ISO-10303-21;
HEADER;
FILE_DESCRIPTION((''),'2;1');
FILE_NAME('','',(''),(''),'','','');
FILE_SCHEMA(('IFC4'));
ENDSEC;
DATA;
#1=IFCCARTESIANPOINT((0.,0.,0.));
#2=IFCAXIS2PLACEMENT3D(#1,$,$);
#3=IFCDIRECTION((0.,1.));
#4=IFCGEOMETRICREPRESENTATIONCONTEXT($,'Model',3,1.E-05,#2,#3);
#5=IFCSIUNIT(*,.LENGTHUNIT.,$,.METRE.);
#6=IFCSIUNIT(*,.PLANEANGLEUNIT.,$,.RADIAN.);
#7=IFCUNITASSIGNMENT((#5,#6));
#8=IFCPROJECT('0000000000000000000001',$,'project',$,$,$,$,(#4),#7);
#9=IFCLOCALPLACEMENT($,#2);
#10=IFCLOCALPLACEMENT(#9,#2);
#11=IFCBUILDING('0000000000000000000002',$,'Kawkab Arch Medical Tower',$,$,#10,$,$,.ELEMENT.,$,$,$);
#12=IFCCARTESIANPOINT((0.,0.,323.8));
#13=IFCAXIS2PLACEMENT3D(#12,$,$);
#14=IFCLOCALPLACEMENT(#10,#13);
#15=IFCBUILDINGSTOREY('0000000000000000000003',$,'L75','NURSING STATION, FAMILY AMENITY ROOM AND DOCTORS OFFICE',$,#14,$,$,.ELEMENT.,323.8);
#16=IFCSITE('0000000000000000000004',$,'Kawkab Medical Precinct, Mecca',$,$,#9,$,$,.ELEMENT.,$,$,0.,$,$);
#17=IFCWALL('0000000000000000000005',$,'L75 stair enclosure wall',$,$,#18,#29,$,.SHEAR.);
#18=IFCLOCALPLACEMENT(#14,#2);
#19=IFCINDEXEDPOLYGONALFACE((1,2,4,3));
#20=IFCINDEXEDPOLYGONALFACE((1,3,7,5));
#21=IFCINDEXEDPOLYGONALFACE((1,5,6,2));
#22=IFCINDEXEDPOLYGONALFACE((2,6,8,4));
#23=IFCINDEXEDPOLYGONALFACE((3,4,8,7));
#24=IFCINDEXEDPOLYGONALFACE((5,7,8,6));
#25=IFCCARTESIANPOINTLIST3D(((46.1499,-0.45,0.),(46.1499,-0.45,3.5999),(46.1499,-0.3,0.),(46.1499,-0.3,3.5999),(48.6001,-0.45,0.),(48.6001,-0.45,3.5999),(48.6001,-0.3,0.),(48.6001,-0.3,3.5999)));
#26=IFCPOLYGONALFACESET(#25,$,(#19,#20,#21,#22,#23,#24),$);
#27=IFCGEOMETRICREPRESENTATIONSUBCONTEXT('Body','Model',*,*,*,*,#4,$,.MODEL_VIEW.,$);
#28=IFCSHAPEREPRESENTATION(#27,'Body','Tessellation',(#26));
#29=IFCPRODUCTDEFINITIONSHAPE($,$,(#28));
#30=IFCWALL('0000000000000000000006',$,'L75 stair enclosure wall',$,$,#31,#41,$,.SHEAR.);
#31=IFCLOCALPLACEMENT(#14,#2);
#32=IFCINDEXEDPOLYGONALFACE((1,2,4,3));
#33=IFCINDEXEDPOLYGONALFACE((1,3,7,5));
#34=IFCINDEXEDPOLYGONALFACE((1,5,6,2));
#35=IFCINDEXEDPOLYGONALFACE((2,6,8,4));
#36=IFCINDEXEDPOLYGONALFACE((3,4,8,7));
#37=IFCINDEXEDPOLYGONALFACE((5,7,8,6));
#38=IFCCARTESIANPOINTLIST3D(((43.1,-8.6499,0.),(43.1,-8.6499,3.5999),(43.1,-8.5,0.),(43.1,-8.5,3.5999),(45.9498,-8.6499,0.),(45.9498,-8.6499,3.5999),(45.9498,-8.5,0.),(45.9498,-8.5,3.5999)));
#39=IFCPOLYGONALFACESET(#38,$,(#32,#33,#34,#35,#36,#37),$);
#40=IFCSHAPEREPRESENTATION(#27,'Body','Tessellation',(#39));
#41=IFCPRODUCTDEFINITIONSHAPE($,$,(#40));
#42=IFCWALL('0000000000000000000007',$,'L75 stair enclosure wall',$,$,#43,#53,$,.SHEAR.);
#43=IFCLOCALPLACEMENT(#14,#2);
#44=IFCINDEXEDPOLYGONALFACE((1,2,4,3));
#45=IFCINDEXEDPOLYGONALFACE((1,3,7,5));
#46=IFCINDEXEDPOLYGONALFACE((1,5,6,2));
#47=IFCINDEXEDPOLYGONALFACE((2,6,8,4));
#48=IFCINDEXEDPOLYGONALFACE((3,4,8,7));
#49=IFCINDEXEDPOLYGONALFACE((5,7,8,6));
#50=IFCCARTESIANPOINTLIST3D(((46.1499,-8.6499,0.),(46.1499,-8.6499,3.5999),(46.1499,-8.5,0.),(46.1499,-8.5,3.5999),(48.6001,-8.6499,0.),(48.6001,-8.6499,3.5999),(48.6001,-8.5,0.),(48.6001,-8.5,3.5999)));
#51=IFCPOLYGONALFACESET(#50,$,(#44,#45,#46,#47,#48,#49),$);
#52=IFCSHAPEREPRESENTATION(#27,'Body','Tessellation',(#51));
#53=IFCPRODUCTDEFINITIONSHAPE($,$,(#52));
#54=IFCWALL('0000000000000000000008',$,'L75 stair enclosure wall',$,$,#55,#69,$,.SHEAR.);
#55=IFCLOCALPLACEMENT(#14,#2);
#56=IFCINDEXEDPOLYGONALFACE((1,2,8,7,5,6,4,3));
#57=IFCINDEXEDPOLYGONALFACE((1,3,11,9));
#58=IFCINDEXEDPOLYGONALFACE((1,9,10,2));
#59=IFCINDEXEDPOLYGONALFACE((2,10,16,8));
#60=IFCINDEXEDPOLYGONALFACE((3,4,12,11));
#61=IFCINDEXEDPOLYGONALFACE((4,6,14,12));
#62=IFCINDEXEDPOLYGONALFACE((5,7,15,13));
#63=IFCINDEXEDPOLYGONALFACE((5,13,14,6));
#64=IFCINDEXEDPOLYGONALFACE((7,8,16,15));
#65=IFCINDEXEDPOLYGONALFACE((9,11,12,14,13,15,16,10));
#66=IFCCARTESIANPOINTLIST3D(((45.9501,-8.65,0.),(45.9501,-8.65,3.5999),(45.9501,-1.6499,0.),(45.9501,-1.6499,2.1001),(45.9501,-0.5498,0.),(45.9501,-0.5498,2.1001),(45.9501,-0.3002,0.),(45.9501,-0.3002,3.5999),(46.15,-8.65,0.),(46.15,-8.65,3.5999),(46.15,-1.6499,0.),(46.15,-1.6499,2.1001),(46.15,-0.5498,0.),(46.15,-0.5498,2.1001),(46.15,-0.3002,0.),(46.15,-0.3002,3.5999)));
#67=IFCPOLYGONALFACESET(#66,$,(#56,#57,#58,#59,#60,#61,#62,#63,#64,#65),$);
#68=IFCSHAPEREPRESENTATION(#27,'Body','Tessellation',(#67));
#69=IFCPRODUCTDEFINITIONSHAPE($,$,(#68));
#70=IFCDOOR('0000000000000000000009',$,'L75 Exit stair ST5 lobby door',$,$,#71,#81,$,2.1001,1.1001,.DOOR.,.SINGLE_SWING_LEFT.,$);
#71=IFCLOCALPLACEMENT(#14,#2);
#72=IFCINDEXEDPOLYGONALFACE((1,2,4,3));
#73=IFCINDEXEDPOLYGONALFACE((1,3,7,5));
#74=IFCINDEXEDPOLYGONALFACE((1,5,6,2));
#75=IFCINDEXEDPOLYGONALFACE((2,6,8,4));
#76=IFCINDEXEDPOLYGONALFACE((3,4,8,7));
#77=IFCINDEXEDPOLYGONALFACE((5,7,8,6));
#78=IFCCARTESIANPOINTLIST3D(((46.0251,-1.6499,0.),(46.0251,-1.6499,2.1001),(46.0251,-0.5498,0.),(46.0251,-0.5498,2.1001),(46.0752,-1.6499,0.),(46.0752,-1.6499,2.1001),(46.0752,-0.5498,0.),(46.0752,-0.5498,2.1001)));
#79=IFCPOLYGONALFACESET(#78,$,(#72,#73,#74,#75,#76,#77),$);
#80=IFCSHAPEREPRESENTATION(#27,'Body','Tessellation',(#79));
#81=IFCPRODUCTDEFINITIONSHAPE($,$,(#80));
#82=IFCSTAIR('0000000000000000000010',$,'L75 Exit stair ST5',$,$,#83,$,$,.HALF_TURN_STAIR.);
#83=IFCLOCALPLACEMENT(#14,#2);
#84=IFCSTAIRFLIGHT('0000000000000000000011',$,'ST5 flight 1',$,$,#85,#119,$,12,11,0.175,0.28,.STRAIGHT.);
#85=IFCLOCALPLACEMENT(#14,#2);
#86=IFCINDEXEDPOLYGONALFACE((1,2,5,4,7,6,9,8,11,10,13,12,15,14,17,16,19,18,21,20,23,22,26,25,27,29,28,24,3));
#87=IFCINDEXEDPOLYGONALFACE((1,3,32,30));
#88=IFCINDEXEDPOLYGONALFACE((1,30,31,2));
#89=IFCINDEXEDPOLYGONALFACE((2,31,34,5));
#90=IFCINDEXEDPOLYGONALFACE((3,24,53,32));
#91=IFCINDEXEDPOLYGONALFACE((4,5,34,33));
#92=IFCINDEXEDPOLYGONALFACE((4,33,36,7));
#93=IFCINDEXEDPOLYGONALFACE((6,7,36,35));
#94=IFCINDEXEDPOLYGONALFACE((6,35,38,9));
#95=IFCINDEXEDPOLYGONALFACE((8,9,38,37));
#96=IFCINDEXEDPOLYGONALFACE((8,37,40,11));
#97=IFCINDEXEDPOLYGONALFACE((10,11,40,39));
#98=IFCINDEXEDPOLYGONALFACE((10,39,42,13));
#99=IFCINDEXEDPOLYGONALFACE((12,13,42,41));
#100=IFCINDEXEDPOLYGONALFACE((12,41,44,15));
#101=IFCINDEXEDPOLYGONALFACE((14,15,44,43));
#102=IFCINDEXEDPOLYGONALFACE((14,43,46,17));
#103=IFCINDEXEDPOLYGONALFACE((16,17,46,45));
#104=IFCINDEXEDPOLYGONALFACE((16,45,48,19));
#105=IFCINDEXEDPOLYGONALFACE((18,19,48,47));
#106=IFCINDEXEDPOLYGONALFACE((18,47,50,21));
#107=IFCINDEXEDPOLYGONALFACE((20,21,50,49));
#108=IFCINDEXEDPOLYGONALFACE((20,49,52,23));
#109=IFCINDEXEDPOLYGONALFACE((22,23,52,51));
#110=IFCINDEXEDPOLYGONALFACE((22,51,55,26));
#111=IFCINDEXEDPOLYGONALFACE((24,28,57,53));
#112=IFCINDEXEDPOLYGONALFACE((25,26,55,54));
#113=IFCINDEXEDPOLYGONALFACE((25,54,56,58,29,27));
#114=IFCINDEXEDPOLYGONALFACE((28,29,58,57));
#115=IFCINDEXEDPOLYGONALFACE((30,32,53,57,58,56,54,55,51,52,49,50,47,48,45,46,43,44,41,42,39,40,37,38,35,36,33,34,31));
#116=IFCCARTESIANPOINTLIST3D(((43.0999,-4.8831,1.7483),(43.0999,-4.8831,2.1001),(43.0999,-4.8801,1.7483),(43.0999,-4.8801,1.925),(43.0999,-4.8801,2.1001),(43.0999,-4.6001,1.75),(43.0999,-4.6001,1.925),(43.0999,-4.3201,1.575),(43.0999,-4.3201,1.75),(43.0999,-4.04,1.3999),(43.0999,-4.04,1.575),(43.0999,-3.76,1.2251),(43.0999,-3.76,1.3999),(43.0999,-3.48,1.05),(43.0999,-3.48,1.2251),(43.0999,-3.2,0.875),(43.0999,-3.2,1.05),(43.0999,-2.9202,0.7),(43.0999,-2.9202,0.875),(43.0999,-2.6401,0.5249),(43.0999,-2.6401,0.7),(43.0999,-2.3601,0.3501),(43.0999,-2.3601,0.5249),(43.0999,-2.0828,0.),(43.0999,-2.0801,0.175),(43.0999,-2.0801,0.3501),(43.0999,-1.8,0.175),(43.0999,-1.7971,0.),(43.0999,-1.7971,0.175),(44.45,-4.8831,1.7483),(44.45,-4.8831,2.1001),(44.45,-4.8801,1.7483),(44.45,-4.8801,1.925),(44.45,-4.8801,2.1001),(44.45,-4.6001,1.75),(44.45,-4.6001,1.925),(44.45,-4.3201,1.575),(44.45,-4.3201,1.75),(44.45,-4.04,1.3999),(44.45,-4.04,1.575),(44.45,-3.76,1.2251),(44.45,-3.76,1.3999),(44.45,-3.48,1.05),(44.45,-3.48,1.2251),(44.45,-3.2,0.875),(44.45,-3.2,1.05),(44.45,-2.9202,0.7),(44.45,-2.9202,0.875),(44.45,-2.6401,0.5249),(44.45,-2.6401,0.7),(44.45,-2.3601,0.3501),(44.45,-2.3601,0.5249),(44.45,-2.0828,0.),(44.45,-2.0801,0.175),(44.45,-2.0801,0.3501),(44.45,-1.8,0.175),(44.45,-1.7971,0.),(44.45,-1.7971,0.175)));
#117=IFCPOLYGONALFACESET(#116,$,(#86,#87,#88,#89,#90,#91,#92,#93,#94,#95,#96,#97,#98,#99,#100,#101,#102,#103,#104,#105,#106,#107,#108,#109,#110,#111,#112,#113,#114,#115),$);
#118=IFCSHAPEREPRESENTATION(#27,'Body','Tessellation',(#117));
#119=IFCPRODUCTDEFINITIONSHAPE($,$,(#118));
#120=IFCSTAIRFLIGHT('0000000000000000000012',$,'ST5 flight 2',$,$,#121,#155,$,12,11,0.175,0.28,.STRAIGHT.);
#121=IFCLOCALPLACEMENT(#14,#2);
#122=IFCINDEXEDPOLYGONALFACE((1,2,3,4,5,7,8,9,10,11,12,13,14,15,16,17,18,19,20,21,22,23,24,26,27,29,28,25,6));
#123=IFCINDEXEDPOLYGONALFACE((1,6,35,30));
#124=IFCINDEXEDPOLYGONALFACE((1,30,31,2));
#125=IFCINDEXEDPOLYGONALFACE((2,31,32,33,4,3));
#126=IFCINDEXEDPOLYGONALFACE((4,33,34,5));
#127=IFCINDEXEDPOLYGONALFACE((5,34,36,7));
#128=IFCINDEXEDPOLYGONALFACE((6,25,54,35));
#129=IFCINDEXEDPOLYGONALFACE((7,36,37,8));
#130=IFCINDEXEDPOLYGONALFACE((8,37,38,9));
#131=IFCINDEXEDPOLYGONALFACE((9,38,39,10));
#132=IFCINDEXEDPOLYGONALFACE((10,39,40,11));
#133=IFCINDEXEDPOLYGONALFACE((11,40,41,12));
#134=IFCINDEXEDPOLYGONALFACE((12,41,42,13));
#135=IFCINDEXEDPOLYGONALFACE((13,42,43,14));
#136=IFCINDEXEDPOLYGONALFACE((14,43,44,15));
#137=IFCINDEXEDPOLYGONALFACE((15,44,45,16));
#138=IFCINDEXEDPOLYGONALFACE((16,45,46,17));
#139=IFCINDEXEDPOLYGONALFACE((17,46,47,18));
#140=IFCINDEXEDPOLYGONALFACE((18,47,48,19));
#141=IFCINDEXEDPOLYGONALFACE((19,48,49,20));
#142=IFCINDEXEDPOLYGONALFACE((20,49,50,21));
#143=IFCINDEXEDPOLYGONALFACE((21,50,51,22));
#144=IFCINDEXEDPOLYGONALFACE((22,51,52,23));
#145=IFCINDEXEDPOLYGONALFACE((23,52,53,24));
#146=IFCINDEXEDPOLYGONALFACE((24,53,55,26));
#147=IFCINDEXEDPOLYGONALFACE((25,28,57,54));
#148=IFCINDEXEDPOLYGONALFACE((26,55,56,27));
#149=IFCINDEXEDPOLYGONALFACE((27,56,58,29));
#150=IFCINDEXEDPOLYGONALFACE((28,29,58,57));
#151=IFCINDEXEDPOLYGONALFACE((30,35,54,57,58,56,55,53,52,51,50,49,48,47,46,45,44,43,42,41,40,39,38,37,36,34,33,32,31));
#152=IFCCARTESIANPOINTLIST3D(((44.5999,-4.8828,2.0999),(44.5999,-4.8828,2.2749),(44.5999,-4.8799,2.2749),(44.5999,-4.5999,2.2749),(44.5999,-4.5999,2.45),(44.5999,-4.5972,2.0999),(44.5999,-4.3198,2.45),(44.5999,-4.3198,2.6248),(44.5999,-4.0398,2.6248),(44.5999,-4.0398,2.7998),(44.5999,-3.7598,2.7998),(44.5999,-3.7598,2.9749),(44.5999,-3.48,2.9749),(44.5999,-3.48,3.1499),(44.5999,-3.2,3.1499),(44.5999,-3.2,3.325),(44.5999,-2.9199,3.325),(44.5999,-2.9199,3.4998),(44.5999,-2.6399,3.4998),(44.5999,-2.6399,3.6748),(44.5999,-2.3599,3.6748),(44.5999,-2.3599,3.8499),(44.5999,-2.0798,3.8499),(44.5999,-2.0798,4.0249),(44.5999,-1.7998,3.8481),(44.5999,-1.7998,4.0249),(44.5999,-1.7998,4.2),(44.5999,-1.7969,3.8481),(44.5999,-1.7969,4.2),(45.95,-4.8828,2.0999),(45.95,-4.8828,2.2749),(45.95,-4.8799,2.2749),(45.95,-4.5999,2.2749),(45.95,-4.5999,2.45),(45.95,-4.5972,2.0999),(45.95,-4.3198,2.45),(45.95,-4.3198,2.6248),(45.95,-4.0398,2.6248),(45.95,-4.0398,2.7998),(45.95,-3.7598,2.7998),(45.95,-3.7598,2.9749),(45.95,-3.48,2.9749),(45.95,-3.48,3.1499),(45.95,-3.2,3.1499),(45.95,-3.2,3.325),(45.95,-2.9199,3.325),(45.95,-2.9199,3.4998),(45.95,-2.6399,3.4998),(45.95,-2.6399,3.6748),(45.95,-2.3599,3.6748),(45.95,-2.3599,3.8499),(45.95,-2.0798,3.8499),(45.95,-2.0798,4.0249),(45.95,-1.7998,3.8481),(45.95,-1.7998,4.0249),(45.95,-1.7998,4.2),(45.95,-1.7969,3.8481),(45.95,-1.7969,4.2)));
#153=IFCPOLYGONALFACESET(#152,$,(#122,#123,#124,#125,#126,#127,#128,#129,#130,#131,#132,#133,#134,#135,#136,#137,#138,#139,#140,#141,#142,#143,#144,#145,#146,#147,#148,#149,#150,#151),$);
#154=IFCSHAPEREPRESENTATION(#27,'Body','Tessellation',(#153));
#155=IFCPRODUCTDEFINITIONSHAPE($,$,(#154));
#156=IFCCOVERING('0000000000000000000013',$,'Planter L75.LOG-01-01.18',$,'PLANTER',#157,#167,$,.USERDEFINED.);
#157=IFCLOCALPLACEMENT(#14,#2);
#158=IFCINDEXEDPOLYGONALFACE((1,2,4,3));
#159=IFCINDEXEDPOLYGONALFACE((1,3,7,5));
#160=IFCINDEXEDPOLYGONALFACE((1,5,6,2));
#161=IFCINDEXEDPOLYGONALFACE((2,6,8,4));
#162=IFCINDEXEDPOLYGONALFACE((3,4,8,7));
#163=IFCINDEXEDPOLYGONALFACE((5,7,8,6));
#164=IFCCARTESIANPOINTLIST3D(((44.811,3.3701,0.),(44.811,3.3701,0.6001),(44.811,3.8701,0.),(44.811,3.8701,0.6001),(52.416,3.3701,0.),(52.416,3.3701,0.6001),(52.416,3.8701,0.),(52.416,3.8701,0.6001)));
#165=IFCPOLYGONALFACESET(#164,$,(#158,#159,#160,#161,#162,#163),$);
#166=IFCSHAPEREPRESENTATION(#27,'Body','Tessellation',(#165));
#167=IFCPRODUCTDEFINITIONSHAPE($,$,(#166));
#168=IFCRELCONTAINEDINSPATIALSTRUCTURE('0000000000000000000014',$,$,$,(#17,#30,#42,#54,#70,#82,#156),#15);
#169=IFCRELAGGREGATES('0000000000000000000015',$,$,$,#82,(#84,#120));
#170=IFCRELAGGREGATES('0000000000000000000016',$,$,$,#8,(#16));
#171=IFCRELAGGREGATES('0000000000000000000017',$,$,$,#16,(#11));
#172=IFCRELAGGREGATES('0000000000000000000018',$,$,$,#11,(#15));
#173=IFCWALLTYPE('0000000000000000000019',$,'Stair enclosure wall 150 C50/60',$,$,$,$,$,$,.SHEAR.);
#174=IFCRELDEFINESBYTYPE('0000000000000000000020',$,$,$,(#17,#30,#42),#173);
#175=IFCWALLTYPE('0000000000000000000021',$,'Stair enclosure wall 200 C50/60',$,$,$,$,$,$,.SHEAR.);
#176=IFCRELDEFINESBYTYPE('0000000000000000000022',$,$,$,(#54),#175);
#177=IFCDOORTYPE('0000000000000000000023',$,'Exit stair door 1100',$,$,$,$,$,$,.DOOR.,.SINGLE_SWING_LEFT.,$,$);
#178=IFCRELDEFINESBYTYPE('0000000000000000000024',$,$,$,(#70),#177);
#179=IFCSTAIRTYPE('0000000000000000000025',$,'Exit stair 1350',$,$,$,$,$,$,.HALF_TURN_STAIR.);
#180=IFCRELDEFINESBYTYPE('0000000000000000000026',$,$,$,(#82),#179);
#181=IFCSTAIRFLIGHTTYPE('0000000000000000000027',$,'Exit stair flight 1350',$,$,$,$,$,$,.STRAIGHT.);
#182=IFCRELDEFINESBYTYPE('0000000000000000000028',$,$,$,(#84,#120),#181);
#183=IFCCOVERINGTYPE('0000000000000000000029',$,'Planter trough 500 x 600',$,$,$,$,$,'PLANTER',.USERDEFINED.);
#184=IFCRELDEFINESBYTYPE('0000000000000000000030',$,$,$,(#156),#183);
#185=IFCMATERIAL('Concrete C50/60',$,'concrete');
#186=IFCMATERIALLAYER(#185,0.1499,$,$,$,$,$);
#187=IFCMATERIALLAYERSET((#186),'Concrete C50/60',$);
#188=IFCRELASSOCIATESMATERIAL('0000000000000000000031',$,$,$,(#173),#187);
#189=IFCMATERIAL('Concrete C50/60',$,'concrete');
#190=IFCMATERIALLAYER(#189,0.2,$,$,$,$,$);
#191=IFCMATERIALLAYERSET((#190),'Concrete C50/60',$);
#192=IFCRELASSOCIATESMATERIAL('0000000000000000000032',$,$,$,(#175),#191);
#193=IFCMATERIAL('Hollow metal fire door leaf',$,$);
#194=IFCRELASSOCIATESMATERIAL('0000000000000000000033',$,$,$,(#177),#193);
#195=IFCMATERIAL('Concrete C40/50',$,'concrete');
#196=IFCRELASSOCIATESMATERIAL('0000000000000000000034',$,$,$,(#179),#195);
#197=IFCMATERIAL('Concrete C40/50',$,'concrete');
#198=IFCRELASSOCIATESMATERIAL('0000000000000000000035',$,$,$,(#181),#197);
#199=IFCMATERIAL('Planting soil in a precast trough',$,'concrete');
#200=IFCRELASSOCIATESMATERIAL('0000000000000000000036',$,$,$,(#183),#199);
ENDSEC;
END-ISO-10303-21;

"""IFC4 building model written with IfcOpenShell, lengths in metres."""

from ifc_helpers import new_model, si_unit, direction, frame, frame_2d, origin, origin_2d, place, context, subcontext, project, spatial, polyline, rectangle, outline, extrude, material, layer, layer_set, material_profile, profile_set, type_object, element, fill, aggregate, save


model = new_model("IFC4")

# Units and contexts
model_context = context("Model", 3, precision=1e-05, world=origin(), true_north=direction((0.0, 1.0)))
body_context = subcontext(model_context, "Body", "Model", "MODEL_VIEW")
ifc_project = project(units=[si_unit("LENGTHUNIT", "METRE"), si_unit("PLANEANGLEUNIT", "RADIAN")], contexts=[model_context])

# Site, building, storey
site_placement = place(None, origin())
site = spatial("IfcSite", under=ifc_project, at=site_placement, Name="Kawkab Medical Precinct, Mecca", CompositionType="ELEMENT", RefElevation=0.0)
building_placement = place(site_placement, origin())
building = spatial("IfcBuilding", under=site, at=building_placement, Name="Kawkab Arch Medical Tower", CompositionType="ELEMENT")
storey_placement = place(building_placement, frame((0.0, 0.0, 323.8)))
storey = spatial("IfcBuildingStorey", under=building, at=storey_placement, Name="L75", Description="NURSING STATION, FAMILY AMENITY ROOM AND DOCTORS OFFICE", CompositionType="ELEMENT", Elevation=323.8)

# Shared definitions
placement = place(storey_placement, origin())

# Walls
ifc_material_1 = material(Name="Concrete C50/60", Category="concrete")
ifc_layer_1 = layer(ifc_material_1, 0.1499)
ifc_layer_set_1 = layer_set([ifc_layer_1], Name="Concrete C50/60")
wall_type_1 = type_object("IfcWallType", Name="Stair enclosure wall 150 C50/60", PredefinedType="SHEAR", material=ifc_layer_set_1)
wall_1_placement = place(storey_placement, frame((46.1499, -0.375, 0.0), z_axis=(0.0, 0.0, 1.0), x_axis=(1.0, 0.0, 0.0)))
element("IfcWall", 1, at=wall_1_placement, inside=storey, type_object=wall_type_1, Name="L75 stair enclosure wall", PredefinedType="SHEAR", context=body_context, shape_type="SweptSolid", body=[
    extrude(rectangle(XDim=2.4502, YDim=0.1499, at=frame_2d((1.2251, 0.0))), origin(), (0.0, 0.0, 1.0), 3.5999),
])
wall_2_placement = place(storey_placement, frame((43.1001, -8.575, 0.0), z_axis=(0.0, 0.0, 1.0), x_axis=(1.0, 0.0, 0.0)))
element("IfcWall", 2, at=wall_2_placement, inside=storey, type_object=wall_type_1, Name="L75 stair enclosure wall", PredefinedType="SHEAR", context=body_context, shape_type="SweptSolid", body=[
    extrude(rectangle(XDim=2.8499, YDim=0.1499, at=frame_2d((1.4248, 0.0))), origin(), (0.0, 0.0, 1.0), 3.5999),
])
wall_3_placement = place(storey_placement, frame((46.1499, -8.575, 0.0), z_axis=(0.0, 0.0, 1.0), x_axis=(1.0, 0.0, 0.0)))
element("IfcWall", 3, at=wall_3_placement, inside=storey, type_object=wall_type_1, Name="L75 stair enclosure wall", PredefinedType="SHEAR", context=body_context, shape_type="SweptSolid", body=[
    extrude(rectangle(XDim=2.4502, YDim=0.1499, at=frame_2d((1.2251, 0.0))), origin(), (0.0, 0.0, 1.0), 3.5999),
])

# Wall, opening, door
ifc_material_2 = material(Name="Concrete C50/60", Category="concrete")
ifc_layer_2 = layer(ifc_material_2, 0.2)
ifc_layer_set_2 = layer_set([ifc_layer_2], Name="Concrete C50/60")
wall_type_2 = type_object("IfcWallType", Name="Stair enclosure wall 200 C50/60", PredefinedType="SHEAR", material=ifc_layer_set_2)
wall_4_placement = place(storey_placement, frame((46.05, -8.6499, 0.0), z_axis=(0.0, 0.0, 1.0), x_axis=(0.0, 1.0, 0.0)))
wall_4 = element("IfcWall", 4, at=wall_4_placement, inside=storey, type_object=wall_type_2, Name="L75 stair enclosure wall", PredefinedType="SHEAR", context=body_context, shape_type="SweptSolid", body=[
    extrude(rectangle(XDim=8.3499, YDim=0.2, at=frame_2d((4.1748, 0.0))), origin(), (0.0, 0.0, 1.0), 3.5999),
])
opening_1_placement = place(wall_4_placement, frame((7.0, 0.0, 0.0)))
opening_1 = element("IfcOpeningElement", 5, at=opening_1_placement, cuts=wall_4, PredefinedType="OPENING", context=body_context, shape_type="SweptSolid", body=[
    extrude(rectangle(XDim=1.1001, YDim=2.1001, at=frame_2d((0.55, 1.05))), frame((0.0, 0.1099, 0.0), z_axis=(0.0, -1.0, 0.0), x_axis=(1.0, 0.0, 0.0)), (0.0, 0.0, 1.0), 0.22),
])
ifc_material_3 = material(Name="Hollow metal fire door leaf")
door_type_1 = type_object("IfcDoorType", Name="Exit stair door 1100", OperationType="SINGLE_SWING_LEFT", PredefinedType="DOOR", material=ifc_material_3)
door_1_placement = place(opening_1_placement, origin())
door_1 = element("IfcDoor", 6, at=door_1_placement, inside=storey, type_object=door_type_1, Name="L75 Exit stair ST5 lobby door", OperationType="SINGLE_SWING_LEFT", OverallHeight=2.1001, OverallWidth=1.1001, PredefinedType="DOOR", context=body_context, shape_type="SweptSolid", body=[
    extrude(rectangle(XDim=1.1001, YDim=2.1001, at=frame_2d((0.55, 1.05))), frame((0.0, 0.0249, 0.0), z_axis=(0.0, -1.0, 0.0), x_axis=(1.0, 0.0, 0.0)), (0.0, 0.0, 1.0), 0.05),
])
fill(opening_1, door_1)

# Stair, stair flights
ifc_material_4 = material(Name="Concrete C40/50", Category="concrete")
stair_type = type_object("IfcStairType", Name="Exit stair 1350", PredefinedType="HALF_TURN_STAIR", material=ifc_material_4)
stair = element("IfcStair", 7, at=placement, inside=storey, type_object=stair_type, Name="L75 Exit stair ST5", PredefinedType="HALF_TURN_STAIR")
ifc_material_5 = material(Name="Concrete C40/50", Category="concrete")
stair_flight_type = type_object("IfcStairFlightType", Name="Exit stair flight 1350", PredefinedType="STRAIGHT", material=ifc_material_5)
stair_flight_1_placement = place(storey_placement, frame((43.7749, -1.8, 0.0), z_axis=(0.0, 0.0, 1.0), x_axis=(0.0, -1.0, 0.0)))
stair_flight_1 = element("IfcStairFlight", 8, at=stair_flight_1_placement, type_object=stair_flight_type, Name="ST5 flight 1", NumberOfRisers=12, NumberOfTreads=11, PredefinedType="STRAIGHT", RiserHeight=0.175, TreadLength=0.28, context=body_context, shape_type="SweptSolid", body=[
    extrude(outline(polyline([(-0.0029, 0.0), (-0.0029, 0.175), (0.0, 0.175), (0.28, 0.175), (0.28, 0.3501), (0.5601, 0.3501), (0.5601, 0.5249), (0.8401, 0.5249), (0.8401, 0.7), (1.1201, 0.7), (1.1201, 0.875), (1.3999, 0.875), (1.3999, 1.05), (1.6799, 1.05), (1.6799, 1.2251), (1.96, 1.2251), (1.96, 1.3999), (2.24, 1.3999), (2.24, 1.575), (2.52, 1.575), (2.52, 1.75), (2.8, 1.75), (2.8, 1.925), (3.0801, 1.925), (3.0801, 2.1001), (3.083, 2.1001), (3.083, 1.7483), (3.0801, 1.7483), (0.2827, 0.0), (-0.0029, 0.0)])), frame((0.0, 0.675, 0.0), z_axis=(0.0, -1.0, 0.0), x_axis=(1.0, 0.0, 0.0)), (0.0, 0.0, 1.0), 1.3501),
])
stair_flight_2_placement = place(storey_placement, frame((45.2749, -4.8799, 2.0999), z_axis=(0.0, 0.0, 1.0), x_axis=(0.0, 1.0, 0.0)))
stair_flight_2 = element("IfcStairFlight", 9, at=stair_flight_2_placement, type_object=stair_flight_type, Name="ST5 flight 2", NumberOfRisers=12, NumberOfTreads=11, PredefinedType="STRAIGHT", RiserHeight=0.175, TreadLength=0.28, context=body_context, shape_type="SweptSolid", body=[
    extrude(outline(polyline([(-0.0029, 0.0), (-0.0029, 0.175), (0.0, 0.175), (0.28, 0.175), (0.28, 0.3501), (0.5601, 0.3501), (0.5601, 0.5249), (0.8401, 0.5249), (0.8401, 0.7), (1.1201, 0.7), (1.1201, 0.875), (1.3999, 0.875), (1.3999, 1.05), (1.6799, 1.05), (1.6799, 1.2251), (1.96, 1.2251), (1.96, 1.3999), (2.24, 1.3999), (2.24, 1.575), (2.52, 1.575), (2.52, 1.75), (2.8, 1.75), (2.8, 1.925), (3.0801, 1.925), (3.0801, 2.1001), (3.083, 2.1001), (3.083, 1.7483), (3.0801, 1.7483), (0.2827, 0.0), (-0.0029, 0.0)])), frame((0.0, 0.675, 0.0), z_axis=(0.0, -1.0, 0.0), x_axis=(1.0, 0.0, 0.0)), (0.0, 0.0, 1.0), 1.3501),
])
aggregate(stair, [stair_flight_1, stair_flight_2])

# Covering
ifc_material_6 = material(Name="Planting soil in a precast trough", Category="concrete")
ifc_material_profile_1 = material_profile(ifc_material_6, rectangle(XDim=0.5, YDim=0.6001, at=origin_2d()), Name="Trough 500x600")
ifc_profile_set_1 = profile_set([ifc_material_profile_1], Name="Planting soil in a precast trough")
covering_type = type_object("IfcCoveringType", Name="Planter trough 500 x 600", ElementType="PLANTER", PredefinedType="USERDEFINED", material=ifc_profile_set_1)
covering_placement = place(storey_placement, frame((44.811, 3.6201, 0.3), z_axis=(1.0, 0.0, 0.0), x_axis=(0.0, 1.0, 0.0)))
element("IfcCovering", 10, at=covering_placement, inside=storey, type_object=covering_type, Name="Planter L75.LOG-01-01.18", ObjectType="PLANTER", PredefinedType="USERDEFINED", context=body_context, shape_type="SweptSolid", body=[
    extrude(rectangle(XDim=0.5, YDim=0.6001, at=origin_2d()), origin(), (0.0, 0.0, 1.0), 7.605),
])

save(model, "model.ifc")
